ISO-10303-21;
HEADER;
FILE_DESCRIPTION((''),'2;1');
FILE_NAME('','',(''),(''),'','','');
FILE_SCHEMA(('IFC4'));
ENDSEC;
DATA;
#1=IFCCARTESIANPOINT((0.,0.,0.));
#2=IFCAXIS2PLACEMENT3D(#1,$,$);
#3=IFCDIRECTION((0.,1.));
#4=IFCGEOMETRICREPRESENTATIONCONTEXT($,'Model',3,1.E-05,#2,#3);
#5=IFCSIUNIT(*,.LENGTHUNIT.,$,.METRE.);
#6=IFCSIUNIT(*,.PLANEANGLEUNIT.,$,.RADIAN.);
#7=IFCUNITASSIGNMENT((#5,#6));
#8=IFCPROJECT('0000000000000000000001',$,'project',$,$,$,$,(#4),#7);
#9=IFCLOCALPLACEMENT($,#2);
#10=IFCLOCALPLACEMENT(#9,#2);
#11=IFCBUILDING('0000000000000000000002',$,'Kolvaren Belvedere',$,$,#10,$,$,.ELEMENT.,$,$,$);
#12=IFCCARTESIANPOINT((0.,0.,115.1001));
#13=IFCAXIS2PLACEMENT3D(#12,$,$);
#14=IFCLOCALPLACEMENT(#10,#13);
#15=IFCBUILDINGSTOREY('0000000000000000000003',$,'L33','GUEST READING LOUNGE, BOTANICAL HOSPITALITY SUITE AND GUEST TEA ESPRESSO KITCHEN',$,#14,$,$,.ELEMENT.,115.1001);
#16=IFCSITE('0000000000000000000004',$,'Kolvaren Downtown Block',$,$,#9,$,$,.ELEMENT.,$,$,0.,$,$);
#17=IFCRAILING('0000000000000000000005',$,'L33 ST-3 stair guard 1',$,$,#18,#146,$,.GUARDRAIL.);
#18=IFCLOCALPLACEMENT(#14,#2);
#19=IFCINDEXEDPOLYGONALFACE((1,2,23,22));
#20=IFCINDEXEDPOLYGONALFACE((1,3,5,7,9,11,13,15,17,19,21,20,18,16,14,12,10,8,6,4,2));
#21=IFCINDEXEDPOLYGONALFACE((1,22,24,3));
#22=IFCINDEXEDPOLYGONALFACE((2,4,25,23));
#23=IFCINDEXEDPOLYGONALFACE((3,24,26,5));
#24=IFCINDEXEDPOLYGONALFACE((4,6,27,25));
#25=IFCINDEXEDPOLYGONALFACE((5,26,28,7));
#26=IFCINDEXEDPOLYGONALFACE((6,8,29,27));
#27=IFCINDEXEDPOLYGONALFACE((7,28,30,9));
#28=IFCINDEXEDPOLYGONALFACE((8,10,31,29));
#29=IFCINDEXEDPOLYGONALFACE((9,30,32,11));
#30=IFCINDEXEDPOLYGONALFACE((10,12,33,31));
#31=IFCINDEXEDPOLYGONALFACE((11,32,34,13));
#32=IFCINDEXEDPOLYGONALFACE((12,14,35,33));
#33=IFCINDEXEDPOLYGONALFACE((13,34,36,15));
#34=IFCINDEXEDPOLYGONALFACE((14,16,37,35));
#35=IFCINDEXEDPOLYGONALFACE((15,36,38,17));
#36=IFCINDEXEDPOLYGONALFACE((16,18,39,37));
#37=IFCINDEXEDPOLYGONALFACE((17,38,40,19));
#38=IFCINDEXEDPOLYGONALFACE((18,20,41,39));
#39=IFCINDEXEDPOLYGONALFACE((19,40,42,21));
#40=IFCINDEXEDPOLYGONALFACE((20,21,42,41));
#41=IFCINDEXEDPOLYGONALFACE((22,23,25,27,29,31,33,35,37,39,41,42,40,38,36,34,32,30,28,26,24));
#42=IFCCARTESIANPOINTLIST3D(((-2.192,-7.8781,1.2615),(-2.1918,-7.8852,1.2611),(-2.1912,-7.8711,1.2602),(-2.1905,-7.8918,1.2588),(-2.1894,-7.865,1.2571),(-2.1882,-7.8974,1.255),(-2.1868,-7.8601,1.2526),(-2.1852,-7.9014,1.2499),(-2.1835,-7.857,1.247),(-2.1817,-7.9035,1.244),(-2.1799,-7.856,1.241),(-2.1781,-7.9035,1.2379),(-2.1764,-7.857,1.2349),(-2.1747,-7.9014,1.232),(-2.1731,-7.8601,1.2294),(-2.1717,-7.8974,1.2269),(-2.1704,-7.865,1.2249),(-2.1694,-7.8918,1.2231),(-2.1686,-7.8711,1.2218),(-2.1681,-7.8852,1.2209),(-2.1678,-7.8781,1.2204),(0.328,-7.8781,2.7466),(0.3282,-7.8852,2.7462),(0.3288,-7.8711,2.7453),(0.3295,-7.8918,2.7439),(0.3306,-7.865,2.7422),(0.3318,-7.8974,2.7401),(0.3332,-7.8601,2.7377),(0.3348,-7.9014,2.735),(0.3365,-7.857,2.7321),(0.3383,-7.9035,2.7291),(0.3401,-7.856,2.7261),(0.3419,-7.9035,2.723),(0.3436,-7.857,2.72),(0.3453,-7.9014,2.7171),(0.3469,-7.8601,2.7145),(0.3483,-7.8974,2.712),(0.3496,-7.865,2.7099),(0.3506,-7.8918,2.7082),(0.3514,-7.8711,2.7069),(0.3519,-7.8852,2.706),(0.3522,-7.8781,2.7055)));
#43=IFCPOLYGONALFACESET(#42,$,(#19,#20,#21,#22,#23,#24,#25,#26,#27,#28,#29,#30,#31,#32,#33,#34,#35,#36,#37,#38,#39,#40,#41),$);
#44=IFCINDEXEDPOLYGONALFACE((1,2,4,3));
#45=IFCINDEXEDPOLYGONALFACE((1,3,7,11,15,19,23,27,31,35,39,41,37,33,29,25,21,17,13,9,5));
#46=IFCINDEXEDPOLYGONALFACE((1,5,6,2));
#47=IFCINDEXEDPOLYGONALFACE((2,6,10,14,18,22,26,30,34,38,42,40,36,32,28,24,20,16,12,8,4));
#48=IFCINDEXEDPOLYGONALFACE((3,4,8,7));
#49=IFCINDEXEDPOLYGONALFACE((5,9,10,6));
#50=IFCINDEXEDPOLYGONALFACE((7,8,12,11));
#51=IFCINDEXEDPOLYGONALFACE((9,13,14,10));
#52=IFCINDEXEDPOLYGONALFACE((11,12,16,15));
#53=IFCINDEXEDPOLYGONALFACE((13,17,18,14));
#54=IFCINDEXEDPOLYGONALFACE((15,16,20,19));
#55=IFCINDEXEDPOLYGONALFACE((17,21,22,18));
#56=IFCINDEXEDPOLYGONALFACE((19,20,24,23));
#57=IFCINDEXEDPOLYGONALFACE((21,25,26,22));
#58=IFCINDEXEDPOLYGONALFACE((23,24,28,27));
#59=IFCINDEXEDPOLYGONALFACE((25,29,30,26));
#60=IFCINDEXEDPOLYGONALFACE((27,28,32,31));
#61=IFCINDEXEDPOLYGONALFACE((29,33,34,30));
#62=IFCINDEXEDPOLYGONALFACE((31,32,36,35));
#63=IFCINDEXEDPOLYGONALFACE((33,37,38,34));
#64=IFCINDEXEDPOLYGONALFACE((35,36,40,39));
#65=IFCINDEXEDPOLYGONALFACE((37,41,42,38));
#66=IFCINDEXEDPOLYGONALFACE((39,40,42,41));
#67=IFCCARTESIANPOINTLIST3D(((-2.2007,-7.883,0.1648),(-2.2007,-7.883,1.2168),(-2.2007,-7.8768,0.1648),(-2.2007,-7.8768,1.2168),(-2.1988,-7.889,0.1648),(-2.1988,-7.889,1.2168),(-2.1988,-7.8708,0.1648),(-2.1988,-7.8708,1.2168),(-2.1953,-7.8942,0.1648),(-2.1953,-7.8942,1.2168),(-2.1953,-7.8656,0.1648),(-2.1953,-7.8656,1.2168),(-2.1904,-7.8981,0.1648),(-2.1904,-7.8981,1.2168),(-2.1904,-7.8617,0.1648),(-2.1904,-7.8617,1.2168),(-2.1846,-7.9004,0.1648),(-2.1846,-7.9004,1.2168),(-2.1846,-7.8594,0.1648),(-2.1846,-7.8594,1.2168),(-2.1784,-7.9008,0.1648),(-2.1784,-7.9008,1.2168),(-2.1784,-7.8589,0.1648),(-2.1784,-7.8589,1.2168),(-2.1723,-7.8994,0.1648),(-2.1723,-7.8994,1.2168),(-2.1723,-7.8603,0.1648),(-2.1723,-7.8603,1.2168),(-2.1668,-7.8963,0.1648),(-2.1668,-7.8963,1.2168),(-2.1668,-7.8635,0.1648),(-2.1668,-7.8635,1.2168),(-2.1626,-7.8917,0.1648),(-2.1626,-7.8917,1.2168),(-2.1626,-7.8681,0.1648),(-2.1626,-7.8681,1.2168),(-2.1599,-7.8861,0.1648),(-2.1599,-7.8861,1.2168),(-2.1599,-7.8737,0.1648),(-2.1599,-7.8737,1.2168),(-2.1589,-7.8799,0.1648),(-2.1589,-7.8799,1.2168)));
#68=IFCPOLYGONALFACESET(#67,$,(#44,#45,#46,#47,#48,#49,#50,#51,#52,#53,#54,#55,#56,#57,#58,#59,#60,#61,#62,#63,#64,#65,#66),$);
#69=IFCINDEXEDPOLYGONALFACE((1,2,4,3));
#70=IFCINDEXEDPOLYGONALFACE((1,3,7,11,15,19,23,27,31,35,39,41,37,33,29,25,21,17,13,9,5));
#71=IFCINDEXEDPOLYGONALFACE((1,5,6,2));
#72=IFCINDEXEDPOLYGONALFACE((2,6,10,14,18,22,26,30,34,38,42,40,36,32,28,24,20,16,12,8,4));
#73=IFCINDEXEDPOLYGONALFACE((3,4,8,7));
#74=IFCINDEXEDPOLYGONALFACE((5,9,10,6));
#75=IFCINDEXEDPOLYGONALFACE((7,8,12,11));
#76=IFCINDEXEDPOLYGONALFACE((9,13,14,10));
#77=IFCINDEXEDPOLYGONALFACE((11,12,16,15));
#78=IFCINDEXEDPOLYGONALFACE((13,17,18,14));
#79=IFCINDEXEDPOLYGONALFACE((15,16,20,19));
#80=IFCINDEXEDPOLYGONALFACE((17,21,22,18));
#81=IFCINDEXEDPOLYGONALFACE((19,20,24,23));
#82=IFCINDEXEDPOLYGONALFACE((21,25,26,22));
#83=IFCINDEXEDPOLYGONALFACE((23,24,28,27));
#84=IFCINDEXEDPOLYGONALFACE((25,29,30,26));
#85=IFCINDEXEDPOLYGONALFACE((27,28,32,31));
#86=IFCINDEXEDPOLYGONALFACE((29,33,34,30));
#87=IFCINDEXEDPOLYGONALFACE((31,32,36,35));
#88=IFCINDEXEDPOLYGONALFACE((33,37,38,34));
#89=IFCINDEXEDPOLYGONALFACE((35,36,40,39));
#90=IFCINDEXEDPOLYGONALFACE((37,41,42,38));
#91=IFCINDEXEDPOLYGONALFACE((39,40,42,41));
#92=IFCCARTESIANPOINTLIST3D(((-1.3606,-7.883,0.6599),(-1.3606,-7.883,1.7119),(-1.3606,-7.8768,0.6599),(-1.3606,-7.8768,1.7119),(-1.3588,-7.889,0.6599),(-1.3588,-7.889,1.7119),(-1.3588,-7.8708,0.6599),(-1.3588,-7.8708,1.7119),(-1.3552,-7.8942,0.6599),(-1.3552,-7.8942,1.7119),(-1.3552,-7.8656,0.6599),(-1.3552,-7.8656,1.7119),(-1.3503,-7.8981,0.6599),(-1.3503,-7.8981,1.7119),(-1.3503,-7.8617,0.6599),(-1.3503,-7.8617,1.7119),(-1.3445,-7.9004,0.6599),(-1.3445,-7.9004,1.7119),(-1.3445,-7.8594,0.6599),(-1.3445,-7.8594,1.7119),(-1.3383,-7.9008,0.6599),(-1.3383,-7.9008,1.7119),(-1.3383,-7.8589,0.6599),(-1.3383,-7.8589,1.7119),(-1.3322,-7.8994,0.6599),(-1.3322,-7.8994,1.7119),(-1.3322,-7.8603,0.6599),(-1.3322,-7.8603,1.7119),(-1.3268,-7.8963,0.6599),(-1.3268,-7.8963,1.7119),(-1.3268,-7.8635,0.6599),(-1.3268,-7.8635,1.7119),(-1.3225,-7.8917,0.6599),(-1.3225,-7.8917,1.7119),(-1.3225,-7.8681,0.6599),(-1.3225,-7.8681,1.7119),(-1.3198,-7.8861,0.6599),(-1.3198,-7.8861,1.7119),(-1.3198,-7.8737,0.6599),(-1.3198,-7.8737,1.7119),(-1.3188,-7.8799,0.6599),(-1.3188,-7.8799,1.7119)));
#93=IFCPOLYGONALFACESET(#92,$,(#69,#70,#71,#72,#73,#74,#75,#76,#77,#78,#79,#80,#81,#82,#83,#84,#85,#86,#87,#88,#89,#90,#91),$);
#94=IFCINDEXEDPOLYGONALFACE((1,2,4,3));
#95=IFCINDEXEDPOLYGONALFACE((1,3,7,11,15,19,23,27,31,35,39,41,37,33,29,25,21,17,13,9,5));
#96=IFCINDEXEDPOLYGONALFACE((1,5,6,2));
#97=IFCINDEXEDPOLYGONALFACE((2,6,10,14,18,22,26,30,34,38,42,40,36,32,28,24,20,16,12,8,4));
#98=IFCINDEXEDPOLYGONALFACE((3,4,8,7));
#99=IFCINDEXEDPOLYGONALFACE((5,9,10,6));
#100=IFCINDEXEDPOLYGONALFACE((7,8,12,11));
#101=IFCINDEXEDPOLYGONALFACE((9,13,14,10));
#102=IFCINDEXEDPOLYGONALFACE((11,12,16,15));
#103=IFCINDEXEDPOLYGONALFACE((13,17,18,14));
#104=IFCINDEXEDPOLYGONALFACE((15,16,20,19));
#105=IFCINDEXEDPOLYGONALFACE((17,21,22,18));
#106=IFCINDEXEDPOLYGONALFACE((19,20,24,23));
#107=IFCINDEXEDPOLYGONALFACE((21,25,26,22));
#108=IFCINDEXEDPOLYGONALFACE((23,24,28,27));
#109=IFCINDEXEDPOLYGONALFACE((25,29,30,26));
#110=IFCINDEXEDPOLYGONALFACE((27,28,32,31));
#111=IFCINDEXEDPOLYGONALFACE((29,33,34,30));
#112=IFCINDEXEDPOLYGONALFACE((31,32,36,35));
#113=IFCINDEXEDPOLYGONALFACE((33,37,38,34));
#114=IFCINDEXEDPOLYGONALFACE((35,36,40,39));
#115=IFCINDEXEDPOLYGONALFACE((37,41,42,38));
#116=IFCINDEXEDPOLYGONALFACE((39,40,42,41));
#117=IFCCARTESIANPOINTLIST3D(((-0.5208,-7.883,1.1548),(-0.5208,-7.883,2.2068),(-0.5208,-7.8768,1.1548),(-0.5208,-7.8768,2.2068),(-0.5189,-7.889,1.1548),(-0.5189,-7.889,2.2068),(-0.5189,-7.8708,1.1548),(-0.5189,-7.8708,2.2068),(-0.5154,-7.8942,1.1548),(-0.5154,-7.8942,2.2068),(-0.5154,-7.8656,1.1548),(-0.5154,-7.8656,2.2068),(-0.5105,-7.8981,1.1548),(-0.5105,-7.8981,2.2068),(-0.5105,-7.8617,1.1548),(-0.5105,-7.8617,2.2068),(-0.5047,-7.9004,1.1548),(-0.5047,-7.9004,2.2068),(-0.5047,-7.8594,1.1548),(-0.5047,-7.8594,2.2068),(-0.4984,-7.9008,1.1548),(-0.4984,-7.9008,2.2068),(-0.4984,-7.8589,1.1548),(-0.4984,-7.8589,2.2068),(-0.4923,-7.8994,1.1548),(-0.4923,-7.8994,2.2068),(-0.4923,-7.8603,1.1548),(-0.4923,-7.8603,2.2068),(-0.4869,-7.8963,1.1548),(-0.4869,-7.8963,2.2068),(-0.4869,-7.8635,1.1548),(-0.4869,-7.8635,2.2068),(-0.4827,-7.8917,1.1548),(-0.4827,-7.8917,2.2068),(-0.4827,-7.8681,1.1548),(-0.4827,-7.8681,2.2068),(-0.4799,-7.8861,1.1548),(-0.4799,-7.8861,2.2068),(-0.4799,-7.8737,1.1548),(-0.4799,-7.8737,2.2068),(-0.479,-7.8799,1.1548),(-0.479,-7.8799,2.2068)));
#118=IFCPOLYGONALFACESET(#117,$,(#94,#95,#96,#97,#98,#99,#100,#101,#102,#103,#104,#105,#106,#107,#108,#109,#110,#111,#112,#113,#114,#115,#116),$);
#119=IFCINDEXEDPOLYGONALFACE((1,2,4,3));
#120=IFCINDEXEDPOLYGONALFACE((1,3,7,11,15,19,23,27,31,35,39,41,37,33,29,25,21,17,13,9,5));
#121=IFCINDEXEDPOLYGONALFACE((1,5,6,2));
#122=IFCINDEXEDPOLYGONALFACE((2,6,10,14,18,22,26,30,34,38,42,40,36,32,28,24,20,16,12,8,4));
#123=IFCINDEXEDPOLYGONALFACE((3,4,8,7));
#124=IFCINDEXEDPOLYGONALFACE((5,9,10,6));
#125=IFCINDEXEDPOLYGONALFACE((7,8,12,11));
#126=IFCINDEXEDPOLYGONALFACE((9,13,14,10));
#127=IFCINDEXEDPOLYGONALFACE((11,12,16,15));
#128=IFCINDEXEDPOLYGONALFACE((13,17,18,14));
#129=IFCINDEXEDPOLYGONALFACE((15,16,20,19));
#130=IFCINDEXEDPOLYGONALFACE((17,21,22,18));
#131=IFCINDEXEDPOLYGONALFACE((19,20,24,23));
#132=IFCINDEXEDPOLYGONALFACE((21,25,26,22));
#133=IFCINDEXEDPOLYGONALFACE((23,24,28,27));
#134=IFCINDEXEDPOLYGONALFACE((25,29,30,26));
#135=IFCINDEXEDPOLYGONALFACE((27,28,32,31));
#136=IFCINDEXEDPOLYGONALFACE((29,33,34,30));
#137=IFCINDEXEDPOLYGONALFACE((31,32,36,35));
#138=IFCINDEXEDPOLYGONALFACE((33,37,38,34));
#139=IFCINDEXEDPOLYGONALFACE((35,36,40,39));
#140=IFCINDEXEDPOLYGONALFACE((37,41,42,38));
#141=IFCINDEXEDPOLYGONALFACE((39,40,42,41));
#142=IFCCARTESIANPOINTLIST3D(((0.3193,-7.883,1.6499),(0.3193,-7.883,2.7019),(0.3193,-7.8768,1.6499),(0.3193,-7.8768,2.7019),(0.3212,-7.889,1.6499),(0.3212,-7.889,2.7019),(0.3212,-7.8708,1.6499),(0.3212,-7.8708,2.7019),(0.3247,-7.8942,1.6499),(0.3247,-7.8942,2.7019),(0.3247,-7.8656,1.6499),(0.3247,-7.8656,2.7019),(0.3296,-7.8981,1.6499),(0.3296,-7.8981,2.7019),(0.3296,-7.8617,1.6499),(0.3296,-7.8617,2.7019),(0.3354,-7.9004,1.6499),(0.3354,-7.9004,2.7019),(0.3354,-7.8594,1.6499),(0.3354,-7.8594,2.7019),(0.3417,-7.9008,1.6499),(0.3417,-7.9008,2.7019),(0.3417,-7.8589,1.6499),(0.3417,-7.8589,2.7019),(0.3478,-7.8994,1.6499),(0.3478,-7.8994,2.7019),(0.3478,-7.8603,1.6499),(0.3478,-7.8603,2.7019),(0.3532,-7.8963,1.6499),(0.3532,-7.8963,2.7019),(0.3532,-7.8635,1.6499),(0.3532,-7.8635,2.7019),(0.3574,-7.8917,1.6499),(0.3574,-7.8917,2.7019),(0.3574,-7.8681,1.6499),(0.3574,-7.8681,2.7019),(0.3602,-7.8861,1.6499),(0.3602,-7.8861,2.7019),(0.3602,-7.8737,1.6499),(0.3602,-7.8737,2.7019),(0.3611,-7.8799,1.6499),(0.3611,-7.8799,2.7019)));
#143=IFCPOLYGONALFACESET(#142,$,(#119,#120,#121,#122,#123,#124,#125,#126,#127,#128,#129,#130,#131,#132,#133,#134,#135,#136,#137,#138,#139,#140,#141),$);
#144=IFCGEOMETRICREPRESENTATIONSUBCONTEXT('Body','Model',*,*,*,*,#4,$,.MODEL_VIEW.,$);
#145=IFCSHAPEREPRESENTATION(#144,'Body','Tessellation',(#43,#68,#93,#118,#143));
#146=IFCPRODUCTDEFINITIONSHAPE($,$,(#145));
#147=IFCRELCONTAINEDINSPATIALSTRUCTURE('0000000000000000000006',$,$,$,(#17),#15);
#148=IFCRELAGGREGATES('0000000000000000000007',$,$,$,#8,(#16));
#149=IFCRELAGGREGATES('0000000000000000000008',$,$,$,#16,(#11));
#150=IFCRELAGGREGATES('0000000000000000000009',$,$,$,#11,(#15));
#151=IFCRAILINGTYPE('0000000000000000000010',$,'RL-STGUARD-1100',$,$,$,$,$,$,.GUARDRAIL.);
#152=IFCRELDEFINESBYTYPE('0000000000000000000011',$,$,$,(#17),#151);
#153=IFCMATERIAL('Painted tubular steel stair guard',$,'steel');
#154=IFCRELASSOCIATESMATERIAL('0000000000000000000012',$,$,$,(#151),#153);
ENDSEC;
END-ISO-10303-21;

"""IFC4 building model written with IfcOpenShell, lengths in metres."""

from ifc_helpers import new_model, si_unit, direction, frame, origin, origin_2d, place, context, subcontext, project, spatial, circle, extrude, material, type_object, element, save


model = new_model("IFC4")

# Units and contexts
model_context = context("Model", 3, precision=1e-05, world=origin(), true_north=direction((0.0, 1.0)))
body_context = subcontext(model_context, "Body", "Model", "MODEL_VIEW")
ifc_project = project(units=[si_unit("LENGTHUNIT", "METRE"), si_unit("PLANEANGLEUNIT", "RADIAN")], contexts=[model_context])

# Site, building, storey
site_placement = place(None, origin())
site = spatial("IfcSite", under=ifc_project, at=site_placement, Name="Kolvaren Downtown Block", CompositionType="ELEMENT", RefElevation=0.0)
building_placement = place(site_placement, origin())
building = spatial("IfcBuilding", under=site, at=building_placement, Name="Kolvaren Belvedere", CompositionType="ELEMENT")
storey_placement = place(building_placement, frame((0.0, 0.0, 115.1001)))
storey = spatial("IfcBuildingStorey", under=building, at=storey_placement, Name="L33", Description="GUEST READING LOUNGE, BOTANICAL HOSPITALITY SUITE AND GUEST TEA ESPRESSO KITCHEN", CompositionType="ELEMENT", Elevation=115.1001)

# Railing
ifc_material_1 = material(Name="Painted tubular steel stair guard", Category="steel")
railing_type_1 = type_object("IfcRailingType", Name="RL-STGUARD-1100", PredefinedType="GUARDRAIL", material=ifc_material_1)
railing_1_placement = place(storey_placement, frame((-2.1799, -7.8799, 0.1648)))
element("IfcRailing", 1, at=railing_1_placement, inside=storey, type_object=railing_type_1, Name="L33 ST-3 stair guard 1", PredefinedType="GUARDRAIL", context=body_context, shape_type="SweptSolid", body=[
    extrude(circle(Radius=0.0239, at=origin_2d()), frame((0.0, 0.0, 1.0762), z_axis=(0.861524, 0.0, 0.507717), x_axis=(0.0, 1.0, 0.0)), (0.0, 0.0, 1.0), 2.925),
    extrude(circle(Radius=0.021, at=origin_2d()), origin(), (0.0, 0.0, 1.0), 1.052),
    extrude(circle(Radius=0.021, at=origin_2d()), frame((0.8401, 0.0, 0.4951)), (0.0, 0.0, 1.0), 1.052),
    extrude(circle(Radius=0.021, at=origin_2d()), frame((1.6799, 0.0, 0.99)), (0.0, 0.0, 1.0), 1.052),
    extrude(circle(Radius=0.021, at=origin_2d()), frame((2.52, 0.0, 1.4851)), (0.0, 0.0, 1.0), 1.052),
])

save(model, "model.ifc")
